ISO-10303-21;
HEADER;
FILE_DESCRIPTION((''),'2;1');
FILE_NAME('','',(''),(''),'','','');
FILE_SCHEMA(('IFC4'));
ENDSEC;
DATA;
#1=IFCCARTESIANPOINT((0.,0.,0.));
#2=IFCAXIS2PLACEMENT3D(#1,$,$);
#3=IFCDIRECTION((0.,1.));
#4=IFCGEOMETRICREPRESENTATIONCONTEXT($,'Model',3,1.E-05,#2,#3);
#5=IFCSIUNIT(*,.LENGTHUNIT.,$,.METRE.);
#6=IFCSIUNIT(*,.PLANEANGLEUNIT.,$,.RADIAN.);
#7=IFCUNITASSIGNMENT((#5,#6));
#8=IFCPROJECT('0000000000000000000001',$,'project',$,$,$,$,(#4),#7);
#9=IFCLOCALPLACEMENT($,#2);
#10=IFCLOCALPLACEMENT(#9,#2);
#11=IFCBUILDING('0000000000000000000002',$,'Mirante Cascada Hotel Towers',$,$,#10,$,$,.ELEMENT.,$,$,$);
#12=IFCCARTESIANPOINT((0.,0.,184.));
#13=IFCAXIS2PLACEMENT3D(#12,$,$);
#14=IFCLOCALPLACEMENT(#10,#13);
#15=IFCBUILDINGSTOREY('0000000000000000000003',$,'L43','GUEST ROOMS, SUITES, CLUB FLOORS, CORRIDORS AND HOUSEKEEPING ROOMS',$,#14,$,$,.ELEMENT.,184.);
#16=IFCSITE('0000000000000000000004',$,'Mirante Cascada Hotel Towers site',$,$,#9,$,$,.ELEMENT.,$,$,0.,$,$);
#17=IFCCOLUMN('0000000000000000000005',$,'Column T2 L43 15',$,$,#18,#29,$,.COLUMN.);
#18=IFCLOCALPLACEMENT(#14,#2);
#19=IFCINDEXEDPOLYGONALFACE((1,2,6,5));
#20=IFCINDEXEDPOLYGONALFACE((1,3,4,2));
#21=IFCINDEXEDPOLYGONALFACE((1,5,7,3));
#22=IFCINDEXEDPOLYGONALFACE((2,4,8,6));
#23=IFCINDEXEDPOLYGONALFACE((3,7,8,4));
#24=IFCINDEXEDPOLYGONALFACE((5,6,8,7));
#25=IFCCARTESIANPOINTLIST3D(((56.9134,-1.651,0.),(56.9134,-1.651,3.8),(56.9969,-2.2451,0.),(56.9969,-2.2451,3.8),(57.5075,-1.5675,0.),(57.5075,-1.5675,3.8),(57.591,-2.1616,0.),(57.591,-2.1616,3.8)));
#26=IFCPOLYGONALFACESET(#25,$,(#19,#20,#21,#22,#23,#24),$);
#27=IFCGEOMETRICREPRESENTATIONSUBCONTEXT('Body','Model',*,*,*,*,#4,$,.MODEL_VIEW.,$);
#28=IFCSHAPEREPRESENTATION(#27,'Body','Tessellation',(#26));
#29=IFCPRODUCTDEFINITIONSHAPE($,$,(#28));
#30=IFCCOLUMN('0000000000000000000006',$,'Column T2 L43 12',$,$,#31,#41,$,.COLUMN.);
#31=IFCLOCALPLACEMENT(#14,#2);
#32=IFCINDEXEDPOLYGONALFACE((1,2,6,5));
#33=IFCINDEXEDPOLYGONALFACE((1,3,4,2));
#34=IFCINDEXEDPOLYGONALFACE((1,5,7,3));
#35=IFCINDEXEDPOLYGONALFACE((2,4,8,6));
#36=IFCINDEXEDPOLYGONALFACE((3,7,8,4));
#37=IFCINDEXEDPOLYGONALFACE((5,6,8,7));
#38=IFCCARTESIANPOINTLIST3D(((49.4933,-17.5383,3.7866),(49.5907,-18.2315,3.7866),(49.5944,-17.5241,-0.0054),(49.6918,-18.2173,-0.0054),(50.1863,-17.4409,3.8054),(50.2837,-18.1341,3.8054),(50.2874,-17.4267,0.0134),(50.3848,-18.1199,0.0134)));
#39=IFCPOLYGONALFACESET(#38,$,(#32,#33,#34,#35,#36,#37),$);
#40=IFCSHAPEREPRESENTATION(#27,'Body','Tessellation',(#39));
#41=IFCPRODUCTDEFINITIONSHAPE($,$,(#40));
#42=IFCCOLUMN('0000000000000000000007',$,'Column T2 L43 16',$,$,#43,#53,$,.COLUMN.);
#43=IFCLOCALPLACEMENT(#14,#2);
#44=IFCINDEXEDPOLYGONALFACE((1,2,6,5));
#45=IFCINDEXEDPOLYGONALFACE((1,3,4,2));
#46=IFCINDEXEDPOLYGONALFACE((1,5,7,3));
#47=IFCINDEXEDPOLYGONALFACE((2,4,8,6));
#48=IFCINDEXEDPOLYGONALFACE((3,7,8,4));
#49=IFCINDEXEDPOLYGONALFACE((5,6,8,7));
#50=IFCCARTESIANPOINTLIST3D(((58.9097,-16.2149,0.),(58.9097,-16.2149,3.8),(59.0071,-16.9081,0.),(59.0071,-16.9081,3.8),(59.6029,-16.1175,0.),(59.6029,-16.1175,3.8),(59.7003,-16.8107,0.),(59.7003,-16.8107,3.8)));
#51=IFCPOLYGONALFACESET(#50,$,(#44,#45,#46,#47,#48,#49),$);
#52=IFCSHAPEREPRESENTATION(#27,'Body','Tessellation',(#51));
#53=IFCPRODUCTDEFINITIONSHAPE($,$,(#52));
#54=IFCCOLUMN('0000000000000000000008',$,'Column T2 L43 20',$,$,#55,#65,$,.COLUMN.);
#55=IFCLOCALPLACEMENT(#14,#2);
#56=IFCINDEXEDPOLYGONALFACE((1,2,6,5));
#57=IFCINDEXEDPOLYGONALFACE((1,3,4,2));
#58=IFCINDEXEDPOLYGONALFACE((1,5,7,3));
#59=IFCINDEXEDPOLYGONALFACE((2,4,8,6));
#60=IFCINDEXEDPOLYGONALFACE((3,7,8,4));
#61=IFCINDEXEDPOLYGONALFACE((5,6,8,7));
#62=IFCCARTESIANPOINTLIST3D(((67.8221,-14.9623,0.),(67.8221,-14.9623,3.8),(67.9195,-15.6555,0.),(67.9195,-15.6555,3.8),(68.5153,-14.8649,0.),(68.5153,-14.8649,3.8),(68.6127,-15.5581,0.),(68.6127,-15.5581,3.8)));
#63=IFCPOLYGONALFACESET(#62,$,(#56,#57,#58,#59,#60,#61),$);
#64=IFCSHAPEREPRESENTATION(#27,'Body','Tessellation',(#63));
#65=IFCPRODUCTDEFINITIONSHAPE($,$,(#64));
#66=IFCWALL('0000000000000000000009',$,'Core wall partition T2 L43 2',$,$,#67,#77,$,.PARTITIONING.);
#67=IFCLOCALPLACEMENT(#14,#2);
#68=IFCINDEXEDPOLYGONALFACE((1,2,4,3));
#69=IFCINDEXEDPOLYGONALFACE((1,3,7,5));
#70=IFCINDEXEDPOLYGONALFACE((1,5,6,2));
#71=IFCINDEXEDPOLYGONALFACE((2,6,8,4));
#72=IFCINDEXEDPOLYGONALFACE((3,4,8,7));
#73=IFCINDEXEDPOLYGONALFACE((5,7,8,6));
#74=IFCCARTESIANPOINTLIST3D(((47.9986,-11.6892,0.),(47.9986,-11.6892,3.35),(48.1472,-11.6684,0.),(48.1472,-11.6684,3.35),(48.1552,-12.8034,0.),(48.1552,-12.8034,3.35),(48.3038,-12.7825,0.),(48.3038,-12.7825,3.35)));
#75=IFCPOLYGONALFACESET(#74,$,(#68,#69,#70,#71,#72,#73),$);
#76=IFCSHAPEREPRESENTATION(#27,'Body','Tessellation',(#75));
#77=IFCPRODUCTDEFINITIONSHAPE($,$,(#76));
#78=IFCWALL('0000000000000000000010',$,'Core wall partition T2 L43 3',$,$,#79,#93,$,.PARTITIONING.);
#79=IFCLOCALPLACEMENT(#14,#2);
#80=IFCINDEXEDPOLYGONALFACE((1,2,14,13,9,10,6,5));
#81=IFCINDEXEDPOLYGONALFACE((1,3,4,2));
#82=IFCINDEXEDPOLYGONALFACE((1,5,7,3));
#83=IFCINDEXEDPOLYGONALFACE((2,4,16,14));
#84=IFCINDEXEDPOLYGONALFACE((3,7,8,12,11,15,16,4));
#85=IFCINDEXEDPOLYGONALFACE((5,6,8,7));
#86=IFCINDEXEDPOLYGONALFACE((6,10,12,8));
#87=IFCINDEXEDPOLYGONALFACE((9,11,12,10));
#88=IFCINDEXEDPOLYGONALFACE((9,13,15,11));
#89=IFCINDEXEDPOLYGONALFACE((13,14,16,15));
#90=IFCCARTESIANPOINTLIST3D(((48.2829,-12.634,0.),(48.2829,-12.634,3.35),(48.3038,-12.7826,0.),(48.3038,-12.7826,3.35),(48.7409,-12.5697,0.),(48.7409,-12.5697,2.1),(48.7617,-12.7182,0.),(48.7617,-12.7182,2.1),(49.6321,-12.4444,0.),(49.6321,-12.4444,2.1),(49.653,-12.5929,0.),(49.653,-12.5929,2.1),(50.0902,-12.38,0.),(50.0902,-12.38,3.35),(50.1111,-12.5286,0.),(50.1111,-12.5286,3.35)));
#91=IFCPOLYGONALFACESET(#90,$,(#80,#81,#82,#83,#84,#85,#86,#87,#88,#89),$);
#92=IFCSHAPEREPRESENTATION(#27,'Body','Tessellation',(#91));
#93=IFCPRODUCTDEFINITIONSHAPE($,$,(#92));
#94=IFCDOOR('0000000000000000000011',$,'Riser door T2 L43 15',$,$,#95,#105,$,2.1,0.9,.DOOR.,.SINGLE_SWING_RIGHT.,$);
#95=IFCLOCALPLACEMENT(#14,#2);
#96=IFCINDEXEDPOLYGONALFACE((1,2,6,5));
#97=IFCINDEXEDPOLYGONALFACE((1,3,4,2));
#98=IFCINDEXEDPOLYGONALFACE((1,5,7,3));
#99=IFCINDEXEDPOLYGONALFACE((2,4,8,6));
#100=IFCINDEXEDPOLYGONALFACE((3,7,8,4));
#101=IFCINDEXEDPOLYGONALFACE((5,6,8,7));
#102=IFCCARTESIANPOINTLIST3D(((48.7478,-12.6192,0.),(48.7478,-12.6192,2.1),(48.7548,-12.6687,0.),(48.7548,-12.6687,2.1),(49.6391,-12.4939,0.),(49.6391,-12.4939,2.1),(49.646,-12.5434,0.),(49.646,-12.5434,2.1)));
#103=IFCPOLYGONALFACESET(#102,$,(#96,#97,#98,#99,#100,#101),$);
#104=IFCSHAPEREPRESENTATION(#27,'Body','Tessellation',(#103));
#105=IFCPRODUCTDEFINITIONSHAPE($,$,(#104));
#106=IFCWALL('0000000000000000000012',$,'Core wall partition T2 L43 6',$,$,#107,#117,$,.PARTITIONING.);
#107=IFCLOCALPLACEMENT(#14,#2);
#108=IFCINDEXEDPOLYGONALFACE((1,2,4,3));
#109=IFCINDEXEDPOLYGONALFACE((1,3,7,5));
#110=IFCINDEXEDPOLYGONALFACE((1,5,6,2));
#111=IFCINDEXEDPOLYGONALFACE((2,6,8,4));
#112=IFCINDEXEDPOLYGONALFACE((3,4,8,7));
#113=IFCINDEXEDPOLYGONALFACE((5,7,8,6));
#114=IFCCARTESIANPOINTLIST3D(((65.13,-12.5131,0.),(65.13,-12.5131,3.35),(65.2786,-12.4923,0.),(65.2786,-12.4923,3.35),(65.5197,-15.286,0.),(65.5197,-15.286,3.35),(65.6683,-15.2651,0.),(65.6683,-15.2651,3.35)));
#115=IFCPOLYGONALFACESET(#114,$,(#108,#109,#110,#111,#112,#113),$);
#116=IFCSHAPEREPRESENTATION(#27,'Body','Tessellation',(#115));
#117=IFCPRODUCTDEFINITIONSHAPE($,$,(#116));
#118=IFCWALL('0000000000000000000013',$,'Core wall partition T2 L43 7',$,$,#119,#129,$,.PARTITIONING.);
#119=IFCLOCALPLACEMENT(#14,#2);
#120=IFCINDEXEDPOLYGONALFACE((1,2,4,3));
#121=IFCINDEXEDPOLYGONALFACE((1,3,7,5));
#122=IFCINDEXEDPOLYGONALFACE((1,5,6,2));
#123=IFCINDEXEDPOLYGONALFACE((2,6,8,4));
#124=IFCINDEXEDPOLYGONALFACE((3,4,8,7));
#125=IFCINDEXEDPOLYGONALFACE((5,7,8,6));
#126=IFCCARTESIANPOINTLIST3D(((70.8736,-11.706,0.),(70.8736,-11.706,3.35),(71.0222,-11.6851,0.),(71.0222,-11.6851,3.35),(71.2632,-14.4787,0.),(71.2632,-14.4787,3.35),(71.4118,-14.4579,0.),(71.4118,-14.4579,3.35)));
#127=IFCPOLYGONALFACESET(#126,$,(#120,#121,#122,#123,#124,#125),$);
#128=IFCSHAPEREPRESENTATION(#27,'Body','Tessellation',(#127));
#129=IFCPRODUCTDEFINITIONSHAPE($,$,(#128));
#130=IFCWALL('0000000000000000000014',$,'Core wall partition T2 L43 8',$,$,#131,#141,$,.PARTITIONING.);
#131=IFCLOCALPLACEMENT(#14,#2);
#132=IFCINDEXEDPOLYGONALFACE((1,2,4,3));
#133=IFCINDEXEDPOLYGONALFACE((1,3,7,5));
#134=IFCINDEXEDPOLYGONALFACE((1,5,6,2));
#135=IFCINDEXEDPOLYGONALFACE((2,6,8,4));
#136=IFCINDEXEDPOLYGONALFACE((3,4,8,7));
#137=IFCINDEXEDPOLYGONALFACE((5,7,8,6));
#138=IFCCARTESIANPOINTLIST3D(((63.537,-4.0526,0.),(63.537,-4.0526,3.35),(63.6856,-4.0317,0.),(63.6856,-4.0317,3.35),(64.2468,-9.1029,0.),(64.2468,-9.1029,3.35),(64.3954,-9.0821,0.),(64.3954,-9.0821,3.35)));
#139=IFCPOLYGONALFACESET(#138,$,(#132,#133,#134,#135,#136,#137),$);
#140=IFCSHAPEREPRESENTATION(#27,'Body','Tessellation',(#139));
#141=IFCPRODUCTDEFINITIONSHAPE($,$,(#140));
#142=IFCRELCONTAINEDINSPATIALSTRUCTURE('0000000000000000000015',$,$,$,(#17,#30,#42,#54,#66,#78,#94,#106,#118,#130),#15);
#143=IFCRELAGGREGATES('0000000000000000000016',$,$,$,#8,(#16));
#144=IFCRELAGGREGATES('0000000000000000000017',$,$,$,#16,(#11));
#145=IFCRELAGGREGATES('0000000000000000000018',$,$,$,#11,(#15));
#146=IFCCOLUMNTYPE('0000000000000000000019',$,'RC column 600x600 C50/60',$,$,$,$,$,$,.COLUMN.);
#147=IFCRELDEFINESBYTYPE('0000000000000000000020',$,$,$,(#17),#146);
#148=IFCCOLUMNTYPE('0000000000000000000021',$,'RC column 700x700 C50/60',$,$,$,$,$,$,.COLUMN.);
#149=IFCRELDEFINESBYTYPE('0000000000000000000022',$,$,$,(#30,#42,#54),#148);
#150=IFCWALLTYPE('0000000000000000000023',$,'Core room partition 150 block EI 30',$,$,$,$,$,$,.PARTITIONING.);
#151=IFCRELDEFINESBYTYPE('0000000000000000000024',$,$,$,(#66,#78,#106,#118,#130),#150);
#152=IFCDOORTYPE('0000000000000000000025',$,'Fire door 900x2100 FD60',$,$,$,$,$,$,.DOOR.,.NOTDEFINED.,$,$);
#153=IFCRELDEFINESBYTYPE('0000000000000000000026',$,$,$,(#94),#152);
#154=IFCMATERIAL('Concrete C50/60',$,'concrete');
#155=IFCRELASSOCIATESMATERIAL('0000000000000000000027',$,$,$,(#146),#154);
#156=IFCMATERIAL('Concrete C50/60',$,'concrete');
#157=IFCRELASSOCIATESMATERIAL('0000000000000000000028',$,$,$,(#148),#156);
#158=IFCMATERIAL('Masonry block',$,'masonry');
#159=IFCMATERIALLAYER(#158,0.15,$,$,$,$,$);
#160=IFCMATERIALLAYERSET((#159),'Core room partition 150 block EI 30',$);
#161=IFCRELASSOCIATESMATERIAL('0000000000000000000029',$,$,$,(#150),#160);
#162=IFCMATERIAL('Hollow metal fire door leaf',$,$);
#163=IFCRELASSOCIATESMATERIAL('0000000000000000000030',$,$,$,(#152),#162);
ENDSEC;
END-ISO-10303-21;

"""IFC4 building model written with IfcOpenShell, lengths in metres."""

from ifc_helpers import new_model, si_unit, direction, frame, frame_2d, origin, origin_2d, place, context, subcontext, project, spatial, rectangle, extrude, material, layer, layer_set, material_profile, profile_set, type_object, element, fill, save


model = new_model("IFC4")

# Units and contexts
model_context = context("Model", 3, precision=1e-05, world=origin(), true_north=direction((0.0, 1.0)))
body_context = subcontext(model_context, "Body", "Model", "MODEL_VIEW")
ifc_project = project(units=[si_unit("LENGTHUNIT", "METRE"), si_unit("PLANEANGLEUNIT", "RADIAN")], contexts=[model_context])

# Site, building, storey
site_placement = place(None, origin())
site = spatial("IfcSite", under=ifc_project, at=site_placement, Name="Mirante Cascada Hotel Towers site", CompositionType="ELEMENT", RefElevation=0.0)
building_placement = place(site_placement, origin())
building = spatial("IfcBuilding", under=site, at=building_placement, Name="Mirante Cascada Hotel Towers", CompositionType="ELEMENT")
storey_placement = place(building_placement, frame((0.0, 0.0, 184.0)))
storey = spatial("IfcBuildingStorey", under=building, at=storey_placement, Name="L43", Description="GUEST ROOMS, SUITES, CLUB FLOORS, CORRIDORS AND HOUSEKEEPING ROOMS", CompositionType="ELEMENT", Elevation=184.0)

# Columns
ifc_material_1 = material(Name="Concrete C50/60", Category="concrete")
ifc_material_profile_1 = material_profile(ifc_material_1, rectangle(XDim=0.6, YDim=0.6, at=origin_2d()), Name="RC column 600x600 C50/60")
ifc_profile_set_1 = profile_set([ifc_material_profile_1], Name="Concrete C50/60")
column_type_1 = type_object("IfcColumnType", Name="RC column 600x600 C50/60", PredefinedType="COLUMN", material=ifc_profile_set_1)
column_1_placement = place(storey_placement, frame((57.2522, -1.9063, 0.0), z_axis=(0.0, 0.0, 1.0), x_axis=(0.990268, 0.139173, 0.0)))
element("IfcColumn", 1, at=column_1_placement, inside=storey, type_object=column_type_1, Name="Column T2 L43 15", PredefinedType="COLUMN", context=body_context, shape_type="SweptSolid", body=[
    extrude(rectangle(XDim=0.6, YDim=0.6, at=origin_2d()), origin(), (0.0, 0.0, 1.0), 3.8),
])
ifc_material_2 = material(Name="Concrete C50/60", Category="concrete")
ifc_material_profile_2 = material_profile(ifc_material_2, rectangle(XDim=0.7, YDim=0.7, at=origin_2d()), Name="RC column 700x700 C50/60")
ifc_profile_set_2 = profile_set([ifc_material_profile_2], Name="Concrete C50/60")
column_type_2 = type_object("IfcColumnType", Name="RC column 700x700 C50/60", PredefinedType="COLUMN", material=ifc_profile_set_2)
column_2_placement = place(storey_placement, frame((49.9896, -17.822, 0.004), z_axis=(-0.026652, -0.003743, 0.999638), x_axis=(0.13909, -0.99028, 0.0)))
element("IfcColumn", 2, at=column_2_placement, inside=storey, type_object=column_type_2, Name="Column T2 L43 12", PredefinedType="COLUMN", context=body_context, shape_type="SweptSolid", body=[
    extrude(rectangle(XDim=0.7, YDim=0.7, at=origin_2d()), origin(), (0.0, 0.0, 1.0), 3.7934),
])
for number, where, z_axis, x_axis, name in (
    (3, (59.305, -16.5128, 0.0), (0.0, 0.0, 1.0), (0.990268, 0.139173, 0.0), "Column T2 L43 16"),
    (4, (68.2174, -15.2602, 0.0), (0.0, 0.0, 1.0), (0.990268, 0.139173, 0.0), "Column T2 L43 20"),
):
    element("IfcColumn", number, at=place(storey_placement, frame(where, z_axis=z_axis, x_axis=x_axis)), inside=storey, type_object=column_type_2, Name=name, PredefinedType="COLUMN", context=body_context, shape_type="SweptSolid", body=[
        extrude(rectangle(XDim=0.7, YDim=0.7, at=origin_2d()), origin(), (0.0, 0.0, 1.0), 3.8),
    ])

# Wall
ifc_material_3 = material(Name="Masonry block", Category="masonry")
ifc_layer_1 = layer(ifc_material_3, 0.15)
ifc_layer_set_1 = layer_set([ifc_layer_1], Name="Core room partition 150 block EI 30")
wall_type_1 = type_object("IfcWallType", Name="Core room partition 150 block EI 30", PredefinedType="PARTITIONING", material=ifc_layer_set_1)
wall_1_placement = place(storey_placement, frame((48.2295, -12.793, 0.0), z_axis=(0.0, 0.0, 1.0), x_axis=(-0.139193, 0.990265, 0.0)))
element("IfcWall", 5, at=wall_1_placement, inside=storey, type_object=wall_type_1, Name="Core wall partition T2 L43 2", PredefinedType="PARTITIONING", context=body_context, shape_type="SweptSolid", body=[
    extrude(rectangle(XDim=1.1251, YDim=0.15, at=frame_2d((0.5626, 0.0))), origin(), (0.0, 0.0, 1.0), 3.35),
])

# Wall, opening, door
wall_2_placement = place(storey_placement, frame((48.2933, -12.7083, 0.0), z_axis=(0.0, 0.0, 1.0), x_axis=(0.990268, 0.139173, 0.0)))
wall_2 = element("IfcWall", 6, at=wall_2_placement, inside=storey, type_object=wall_type_1, Name="Core wall partition T2 L43 3", PredefinedType="PARTITIONING", context=body_context, shape_type="SweptSolid", body=[
    extrude(rectangle(XDim=1.8251, YDim=0.15, at=frame_2d((0.9126, 0.0))), origin(), (0.0, 0.0, 1.0), 3.35),
])
opening_1_placement = place(wall_2_placement, frame((0.4625, 0.0, 0.0)))
opening_1 = element("IfcOpeningElement", 7, at=opening_1_placement, cuts=wall_2, PredefinedType="OPENING", context=body_context, shape_type="SweptSolid", body=[
    extrude(rectangle(XDim=0.9, YDim=2.1, at=frame_2d((0.45, 1.05))), frame((0.0, 0.075, 0.0), z_axis=(0.0, -1.0, 0.0), x_axis=(1.0, 0.0, 0.0)), (0.0, 0.0, 1.0), 0.15),
])
ifc_material_4 = material(Name="Hollow metal fire door leaf")
door_type_1 = type_object("IfcDoorType", Name="Fire door 900x2100 FD60", OperationType="NOTDEFINED", PredefinedType="DOOR", material=ifc_material_4)
door_1_placement = place(opening_1_placement, frame((0.9, 0.0, 0.0), z_axis=(0.0, 0.0, 1.0), x_axis=(-1.0, 0.0, 0.0)))
door_1 = element("IfcDoor", 8, at=door_1_placement, inside=storey, type_object=door_type_1, Name="Riser door T2 L43 15", OperationType="SINGLE_SWING_RIGHT", OverallHeight=2.1, OverallWidth=0.9, PredefinedType="DOOR", context=body_context, shape_type="SweptSolid", body=[
    extrude(rectangle(XDim=0.9, YDim=2.1, at=frame_2d((0.45, 1.05))), frame((0.0, 0.025, 0.0), z_axis=(0.0, -1.0, 0.0), x_axis=(1.0, 0.0, 0.0)), (0.0, 0.0, 1.0), 0.05),
])
fill(opening_1, door_1)

# Walls
wall_3_placement = place(storey_placement, frame((65.594, -15.2755, 0.0), z_axis=(0.0, 0.0, 1.0), x_axis=(-0.139176, 0.990268, 0.0)))
element("IfcWall", 9, at=wall_3_placement, inside=storey, type_object=wall_type_1, Name="Core wall partition T2 L43 6", PredefinedType="PARTITIONING", context=body_context, shape_type="SweptSolid", body=[
    extrude(rectangle(XDim=2.8001, YDim=0.15, at=frame_2d((1.4, 0.0))), origin(), (0.0, 0.0, 1.0), 3.35),
])
wall_4_placement = place(storey_placement, frame((71.3375, -14.4683, 0.0), z_axis=(0.0, 0.0, 1.0), x_axis=(-0.139141, 0.990273, 0.0)))
element("IfcWall", 10, at=wall_4_placement, inside=storey, type_object=wall_type_1, Name="Core wall partition T2 L43 7", PredefinedType="PARTITIONING", context=body_context, shape_type="SweptSolid", body=[
    extrude(rectangle(XDim=2.8, YDim=0.15, at=frame_2d((1.4, 0.0))), origin(), (0.0, 0.0, 1.0), 3.35),
])
wall_5_placement = place(storey_placement, frame((64.3211, -9.0925, 0.0), z_axis=(0.0, 0.0, 1.0), x_axis=(-0.139176, 0.990268, 0.0)))
element("IfcWall", 11, at=wall_5_placement, inside=storey, type_object=wall_type_1, Name="Core wall partition T2 L43 8", PredefinedType="PARTITIONING", context=body_context, shape_type="SweptSolid", body=[
    extrude(rectangle(XDim=5.1, YDim=0.15, at=frame_2d((2.55, 0.0))), origin(), (0.0, 0.0, 1.0), 3.35),
])

save(model, "model.ifc")
